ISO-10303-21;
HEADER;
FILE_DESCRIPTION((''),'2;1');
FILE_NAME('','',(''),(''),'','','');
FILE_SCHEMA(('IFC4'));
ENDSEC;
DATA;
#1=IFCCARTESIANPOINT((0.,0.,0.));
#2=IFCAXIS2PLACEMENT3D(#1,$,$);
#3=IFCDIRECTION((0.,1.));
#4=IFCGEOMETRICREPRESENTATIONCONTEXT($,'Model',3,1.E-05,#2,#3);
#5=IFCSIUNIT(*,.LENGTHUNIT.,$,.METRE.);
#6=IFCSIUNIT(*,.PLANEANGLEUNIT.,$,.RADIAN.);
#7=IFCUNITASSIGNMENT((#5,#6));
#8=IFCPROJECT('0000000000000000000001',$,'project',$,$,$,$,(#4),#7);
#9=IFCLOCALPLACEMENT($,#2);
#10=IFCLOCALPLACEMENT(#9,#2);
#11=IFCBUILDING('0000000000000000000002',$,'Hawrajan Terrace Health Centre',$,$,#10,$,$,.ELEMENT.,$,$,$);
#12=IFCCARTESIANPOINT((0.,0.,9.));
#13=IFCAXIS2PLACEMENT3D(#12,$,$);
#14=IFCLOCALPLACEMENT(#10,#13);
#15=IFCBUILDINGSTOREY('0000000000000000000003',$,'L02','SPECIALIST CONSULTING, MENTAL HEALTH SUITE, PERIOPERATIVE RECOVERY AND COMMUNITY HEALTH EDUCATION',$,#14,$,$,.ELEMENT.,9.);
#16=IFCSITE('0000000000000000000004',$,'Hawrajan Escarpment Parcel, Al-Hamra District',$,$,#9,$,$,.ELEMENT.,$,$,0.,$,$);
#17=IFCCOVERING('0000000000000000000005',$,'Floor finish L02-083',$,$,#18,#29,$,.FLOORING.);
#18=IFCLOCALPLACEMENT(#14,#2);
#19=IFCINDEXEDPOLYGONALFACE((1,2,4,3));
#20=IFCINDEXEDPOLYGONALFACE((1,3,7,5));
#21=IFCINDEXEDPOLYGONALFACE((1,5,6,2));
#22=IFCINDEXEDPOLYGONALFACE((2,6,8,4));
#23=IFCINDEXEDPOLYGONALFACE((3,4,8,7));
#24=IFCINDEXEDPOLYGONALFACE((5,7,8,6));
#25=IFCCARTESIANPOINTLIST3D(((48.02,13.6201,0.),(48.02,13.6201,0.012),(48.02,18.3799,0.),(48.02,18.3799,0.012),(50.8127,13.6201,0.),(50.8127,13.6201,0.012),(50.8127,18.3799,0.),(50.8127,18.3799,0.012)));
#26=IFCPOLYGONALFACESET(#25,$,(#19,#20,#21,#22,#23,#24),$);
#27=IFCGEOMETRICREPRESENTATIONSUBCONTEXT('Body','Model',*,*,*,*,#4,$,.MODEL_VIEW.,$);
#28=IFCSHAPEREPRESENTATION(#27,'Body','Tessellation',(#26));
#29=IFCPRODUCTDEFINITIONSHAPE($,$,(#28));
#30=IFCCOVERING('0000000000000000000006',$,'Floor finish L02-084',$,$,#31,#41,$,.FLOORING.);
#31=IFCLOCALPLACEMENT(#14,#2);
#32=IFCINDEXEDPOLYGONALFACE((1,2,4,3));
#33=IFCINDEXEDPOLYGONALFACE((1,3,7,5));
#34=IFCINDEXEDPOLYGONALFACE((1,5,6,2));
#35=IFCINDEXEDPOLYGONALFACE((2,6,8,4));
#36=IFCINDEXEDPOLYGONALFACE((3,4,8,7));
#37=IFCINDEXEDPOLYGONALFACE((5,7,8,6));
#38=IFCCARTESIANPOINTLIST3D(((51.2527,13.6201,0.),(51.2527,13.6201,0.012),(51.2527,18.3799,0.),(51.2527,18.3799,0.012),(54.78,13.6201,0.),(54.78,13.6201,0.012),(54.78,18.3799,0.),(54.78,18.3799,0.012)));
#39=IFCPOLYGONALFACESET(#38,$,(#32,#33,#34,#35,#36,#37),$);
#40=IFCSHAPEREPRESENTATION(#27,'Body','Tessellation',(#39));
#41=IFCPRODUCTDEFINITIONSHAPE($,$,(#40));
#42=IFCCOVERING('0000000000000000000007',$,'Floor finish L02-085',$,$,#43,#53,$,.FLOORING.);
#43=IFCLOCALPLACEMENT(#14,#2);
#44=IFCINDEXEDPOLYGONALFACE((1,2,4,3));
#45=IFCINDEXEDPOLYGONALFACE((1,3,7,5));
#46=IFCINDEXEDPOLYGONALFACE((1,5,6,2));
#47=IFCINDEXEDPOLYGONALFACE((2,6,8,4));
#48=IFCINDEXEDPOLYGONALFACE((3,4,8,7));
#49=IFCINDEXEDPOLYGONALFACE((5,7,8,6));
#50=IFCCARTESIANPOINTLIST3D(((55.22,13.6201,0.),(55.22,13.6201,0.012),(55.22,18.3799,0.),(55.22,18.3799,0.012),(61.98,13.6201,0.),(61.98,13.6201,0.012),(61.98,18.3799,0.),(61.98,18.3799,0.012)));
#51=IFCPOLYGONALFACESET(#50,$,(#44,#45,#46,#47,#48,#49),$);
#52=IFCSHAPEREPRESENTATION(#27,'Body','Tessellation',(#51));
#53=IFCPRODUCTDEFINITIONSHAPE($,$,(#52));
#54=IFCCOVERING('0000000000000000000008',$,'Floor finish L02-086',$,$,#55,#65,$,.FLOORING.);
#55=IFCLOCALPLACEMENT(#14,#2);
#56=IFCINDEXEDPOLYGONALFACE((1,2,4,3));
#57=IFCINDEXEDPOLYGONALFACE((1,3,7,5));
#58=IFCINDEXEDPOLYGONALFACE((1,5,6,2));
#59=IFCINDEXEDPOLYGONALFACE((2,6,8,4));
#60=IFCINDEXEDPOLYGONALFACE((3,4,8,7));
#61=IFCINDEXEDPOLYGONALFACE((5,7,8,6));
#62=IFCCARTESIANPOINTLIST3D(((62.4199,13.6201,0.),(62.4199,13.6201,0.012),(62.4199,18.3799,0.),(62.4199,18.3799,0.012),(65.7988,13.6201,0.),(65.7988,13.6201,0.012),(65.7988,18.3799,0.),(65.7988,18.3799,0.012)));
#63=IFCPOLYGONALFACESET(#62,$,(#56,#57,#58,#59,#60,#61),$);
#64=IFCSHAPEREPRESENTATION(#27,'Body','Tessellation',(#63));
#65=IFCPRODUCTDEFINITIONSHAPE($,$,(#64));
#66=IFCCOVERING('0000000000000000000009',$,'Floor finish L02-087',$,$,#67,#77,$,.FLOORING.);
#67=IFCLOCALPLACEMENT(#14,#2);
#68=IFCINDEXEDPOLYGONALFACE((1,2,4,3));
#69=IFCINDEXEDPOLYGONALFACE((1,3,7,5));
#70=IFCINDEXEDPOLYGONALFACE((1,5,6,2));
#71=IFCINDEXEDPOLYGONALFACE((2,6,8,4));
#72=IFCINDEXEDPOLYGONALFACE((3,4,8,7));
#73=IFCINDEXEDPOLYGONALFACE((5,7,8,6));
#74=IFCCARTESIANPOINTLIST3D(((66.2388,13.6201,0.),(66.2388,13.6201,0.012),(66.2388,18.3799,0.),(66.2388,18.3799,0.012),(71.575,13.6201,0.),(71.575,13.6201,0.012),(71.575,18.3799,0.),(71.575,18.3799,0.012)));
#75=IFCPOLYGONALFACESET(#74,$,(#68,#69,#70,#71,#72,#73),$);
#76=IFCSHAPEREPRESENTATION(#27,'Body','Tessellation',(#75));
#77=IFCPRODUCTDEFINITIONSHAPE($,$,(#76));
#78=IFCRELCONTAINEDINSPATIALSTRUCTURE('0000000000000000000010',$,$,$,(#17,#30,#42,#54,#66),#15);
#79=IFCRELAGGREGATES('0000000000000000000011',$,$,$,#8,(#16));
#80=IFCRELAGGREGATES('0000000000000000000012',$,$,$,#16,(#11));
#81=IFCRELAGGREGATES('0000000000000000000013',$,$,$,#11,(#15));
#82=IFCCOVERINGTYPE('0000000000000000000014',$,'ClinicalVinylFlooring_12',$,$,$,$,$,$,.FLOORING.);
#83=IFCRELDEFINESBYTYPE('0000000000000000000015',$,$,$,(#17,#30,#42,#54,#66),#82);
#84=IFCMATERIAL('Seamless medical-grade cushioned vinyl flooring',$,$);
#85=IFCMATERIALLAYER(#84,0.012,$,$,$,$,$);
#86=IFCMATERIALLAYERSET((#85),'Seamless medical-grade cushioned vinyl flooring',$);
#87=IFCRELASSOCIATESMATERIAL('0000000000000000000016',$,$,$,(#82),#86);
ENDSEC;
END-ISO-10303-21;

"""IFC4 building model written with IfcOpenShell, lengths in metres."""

from ifc_helpers import new_model, si_unit, direction, frame, origin, place, context, subcontext, project, spatial, polyline, outline, extrude, material, layer, layer_set, type_object, element, save


model = new_model("IFC4")

# Units and contexts
model_context = context("Model", 3, precision=1e-05, world=origin(), true_north=direction((0.0, 1.0)))
body_context = subcontext(model_context, "Body", "Model", "MODEL_VIEW")
ifc_project = project(units=[si_unit("LENGTHUNIT", "METRE"), si_unit("PLANEANGLEUNIT", "RADIAN")], contexts=[model_context])

# Site, building, storey
site_placement = place(None, origin())
site = spatial("IfcSite", under=ifc_project, at=site_placement, Name="Hawrajan Escarpment Parcel, Al-Hamra District", CompositionType="ELEMENT", RefElevation=0.0)
building_placement = place(site_placement, origin())
building = spatial("IfcBuilding", under=site, at=building_placement, Name="Hawrajan Terrace Health Centre", CompositionType="ELEMENT")
storey_placement = place(building_placement, frame((0.0, 0.0, 9.0)))
storey = spatial("IfcBuildingStorey", under=building, at=storey_placement, Name="L02", Description="SPECIALIST CONSULTING, MENTAL HEALTH SUITE, PERIOPERATIVE RECOVERY AND COMMUNITY HEALTH EDUCATION", CompositionType="ELEMENT", Elevation=9.0)

# Coverings
ifc_material = material(Name="Seamless medical-grade cushioned vinyl flooring")
ifc_layer = layer(ifc_material, 0.012)
ifc_layer_set = layer_set([ifc_layer], Name="Seamless medical-grade cushioned vinyl flooring")
covering_type = type_object("IfcCoveringType", Name="ClinicalVinylFlooring_12", PredefinedType="FLOORING", material=ifc_layer_set)
covering_1_placement = place(storey_placement, origin())
element("IfcCovering", 1, at=covering_1_placement, inside=storey, type_object=covering_type, Name="Floor finish L02-083", PredefinedType="FLOORING", context=body_context, shape_type="SweptSolid", body=[
    extrude(outline(polyline([(48.02, 18.3799), (50.8127, 18.3799), (50.8127, 13.6201), (48.02, 13.6201), (48.02, 18.3799)])), origin(), (0.0, 0.0, 1.0), 0.012),
])
covering_2_placement = place(storey_placement, origin())
element("IfcCovering", 2, at=covering_2_placement, inside=storey, type_object=covering_type, Name="Floor finish L02-084", PredefinedType="FLOORING", context=body_context, shape_type="SweptSolid", body=[
    extrude(outline(polyline([(51.2527, 18.3799), (54.78, 18.3799), (54.78, 13.6201), (51.2527, 13.6201), (51.2527, 18.3799)])), origin(), (0.0, 0.0, 1.0), 0.012),
])
covering_3_placement = place(storey_placement, origin())
element("IfcCovering", 3, at=covering_3_placement, inside=storey, type_object=covering_type, Name="Floor finish L02-085", PredefinedType="FLOORING", context=body_context, shape_type="SweptSolid", body=[
    extrude(outline(polyline([(55.22, 18.3799), (61.98, 18.3799), (61.98, 13.6201), (55.22, 13.6201), (55.22, 18.3799)])), origin(), (0.0, 0.0, 1.0), 0.012),
])
covering_4_placement = place(storey_placement, origin())
element("IfcCovering", 4, at=covering_4_placement, inside=storey, type_object=covering_type, Name="Floor finish L02-086", PredefinedType="FLOORING", context=body_context, shape_type="SweptSolid", body=[
    extrude(outline(polyline([(62.4199, 18.3799), (65.7988, 18.3799), (65.7988, 13.6201), (62.4199, 13.6201), (62.4199, 18.3799)])), origin(), (0.0, 0.0, 1.0), 0.012),
])
covering_5_placement = place(storey_placement, origin())
element("IfcCovering", 5, at=covering_5_placement, inside=storey, type_object=covering_type, Name="Floor finish L02-087", PredefinedType="FLOORING", context=body_context, shape_type="SweptSolid", body=[
    extrude(outline(polyline([(66.2388, 18.3799), (71.575, 18.3799), (71.575, 13.6201), (66.2388, 13.6201), (66.2388, 18.3799)])), origin(), (0.0, 0.0, 1.0), 0.012),
])

save(model, "model.ifc")
